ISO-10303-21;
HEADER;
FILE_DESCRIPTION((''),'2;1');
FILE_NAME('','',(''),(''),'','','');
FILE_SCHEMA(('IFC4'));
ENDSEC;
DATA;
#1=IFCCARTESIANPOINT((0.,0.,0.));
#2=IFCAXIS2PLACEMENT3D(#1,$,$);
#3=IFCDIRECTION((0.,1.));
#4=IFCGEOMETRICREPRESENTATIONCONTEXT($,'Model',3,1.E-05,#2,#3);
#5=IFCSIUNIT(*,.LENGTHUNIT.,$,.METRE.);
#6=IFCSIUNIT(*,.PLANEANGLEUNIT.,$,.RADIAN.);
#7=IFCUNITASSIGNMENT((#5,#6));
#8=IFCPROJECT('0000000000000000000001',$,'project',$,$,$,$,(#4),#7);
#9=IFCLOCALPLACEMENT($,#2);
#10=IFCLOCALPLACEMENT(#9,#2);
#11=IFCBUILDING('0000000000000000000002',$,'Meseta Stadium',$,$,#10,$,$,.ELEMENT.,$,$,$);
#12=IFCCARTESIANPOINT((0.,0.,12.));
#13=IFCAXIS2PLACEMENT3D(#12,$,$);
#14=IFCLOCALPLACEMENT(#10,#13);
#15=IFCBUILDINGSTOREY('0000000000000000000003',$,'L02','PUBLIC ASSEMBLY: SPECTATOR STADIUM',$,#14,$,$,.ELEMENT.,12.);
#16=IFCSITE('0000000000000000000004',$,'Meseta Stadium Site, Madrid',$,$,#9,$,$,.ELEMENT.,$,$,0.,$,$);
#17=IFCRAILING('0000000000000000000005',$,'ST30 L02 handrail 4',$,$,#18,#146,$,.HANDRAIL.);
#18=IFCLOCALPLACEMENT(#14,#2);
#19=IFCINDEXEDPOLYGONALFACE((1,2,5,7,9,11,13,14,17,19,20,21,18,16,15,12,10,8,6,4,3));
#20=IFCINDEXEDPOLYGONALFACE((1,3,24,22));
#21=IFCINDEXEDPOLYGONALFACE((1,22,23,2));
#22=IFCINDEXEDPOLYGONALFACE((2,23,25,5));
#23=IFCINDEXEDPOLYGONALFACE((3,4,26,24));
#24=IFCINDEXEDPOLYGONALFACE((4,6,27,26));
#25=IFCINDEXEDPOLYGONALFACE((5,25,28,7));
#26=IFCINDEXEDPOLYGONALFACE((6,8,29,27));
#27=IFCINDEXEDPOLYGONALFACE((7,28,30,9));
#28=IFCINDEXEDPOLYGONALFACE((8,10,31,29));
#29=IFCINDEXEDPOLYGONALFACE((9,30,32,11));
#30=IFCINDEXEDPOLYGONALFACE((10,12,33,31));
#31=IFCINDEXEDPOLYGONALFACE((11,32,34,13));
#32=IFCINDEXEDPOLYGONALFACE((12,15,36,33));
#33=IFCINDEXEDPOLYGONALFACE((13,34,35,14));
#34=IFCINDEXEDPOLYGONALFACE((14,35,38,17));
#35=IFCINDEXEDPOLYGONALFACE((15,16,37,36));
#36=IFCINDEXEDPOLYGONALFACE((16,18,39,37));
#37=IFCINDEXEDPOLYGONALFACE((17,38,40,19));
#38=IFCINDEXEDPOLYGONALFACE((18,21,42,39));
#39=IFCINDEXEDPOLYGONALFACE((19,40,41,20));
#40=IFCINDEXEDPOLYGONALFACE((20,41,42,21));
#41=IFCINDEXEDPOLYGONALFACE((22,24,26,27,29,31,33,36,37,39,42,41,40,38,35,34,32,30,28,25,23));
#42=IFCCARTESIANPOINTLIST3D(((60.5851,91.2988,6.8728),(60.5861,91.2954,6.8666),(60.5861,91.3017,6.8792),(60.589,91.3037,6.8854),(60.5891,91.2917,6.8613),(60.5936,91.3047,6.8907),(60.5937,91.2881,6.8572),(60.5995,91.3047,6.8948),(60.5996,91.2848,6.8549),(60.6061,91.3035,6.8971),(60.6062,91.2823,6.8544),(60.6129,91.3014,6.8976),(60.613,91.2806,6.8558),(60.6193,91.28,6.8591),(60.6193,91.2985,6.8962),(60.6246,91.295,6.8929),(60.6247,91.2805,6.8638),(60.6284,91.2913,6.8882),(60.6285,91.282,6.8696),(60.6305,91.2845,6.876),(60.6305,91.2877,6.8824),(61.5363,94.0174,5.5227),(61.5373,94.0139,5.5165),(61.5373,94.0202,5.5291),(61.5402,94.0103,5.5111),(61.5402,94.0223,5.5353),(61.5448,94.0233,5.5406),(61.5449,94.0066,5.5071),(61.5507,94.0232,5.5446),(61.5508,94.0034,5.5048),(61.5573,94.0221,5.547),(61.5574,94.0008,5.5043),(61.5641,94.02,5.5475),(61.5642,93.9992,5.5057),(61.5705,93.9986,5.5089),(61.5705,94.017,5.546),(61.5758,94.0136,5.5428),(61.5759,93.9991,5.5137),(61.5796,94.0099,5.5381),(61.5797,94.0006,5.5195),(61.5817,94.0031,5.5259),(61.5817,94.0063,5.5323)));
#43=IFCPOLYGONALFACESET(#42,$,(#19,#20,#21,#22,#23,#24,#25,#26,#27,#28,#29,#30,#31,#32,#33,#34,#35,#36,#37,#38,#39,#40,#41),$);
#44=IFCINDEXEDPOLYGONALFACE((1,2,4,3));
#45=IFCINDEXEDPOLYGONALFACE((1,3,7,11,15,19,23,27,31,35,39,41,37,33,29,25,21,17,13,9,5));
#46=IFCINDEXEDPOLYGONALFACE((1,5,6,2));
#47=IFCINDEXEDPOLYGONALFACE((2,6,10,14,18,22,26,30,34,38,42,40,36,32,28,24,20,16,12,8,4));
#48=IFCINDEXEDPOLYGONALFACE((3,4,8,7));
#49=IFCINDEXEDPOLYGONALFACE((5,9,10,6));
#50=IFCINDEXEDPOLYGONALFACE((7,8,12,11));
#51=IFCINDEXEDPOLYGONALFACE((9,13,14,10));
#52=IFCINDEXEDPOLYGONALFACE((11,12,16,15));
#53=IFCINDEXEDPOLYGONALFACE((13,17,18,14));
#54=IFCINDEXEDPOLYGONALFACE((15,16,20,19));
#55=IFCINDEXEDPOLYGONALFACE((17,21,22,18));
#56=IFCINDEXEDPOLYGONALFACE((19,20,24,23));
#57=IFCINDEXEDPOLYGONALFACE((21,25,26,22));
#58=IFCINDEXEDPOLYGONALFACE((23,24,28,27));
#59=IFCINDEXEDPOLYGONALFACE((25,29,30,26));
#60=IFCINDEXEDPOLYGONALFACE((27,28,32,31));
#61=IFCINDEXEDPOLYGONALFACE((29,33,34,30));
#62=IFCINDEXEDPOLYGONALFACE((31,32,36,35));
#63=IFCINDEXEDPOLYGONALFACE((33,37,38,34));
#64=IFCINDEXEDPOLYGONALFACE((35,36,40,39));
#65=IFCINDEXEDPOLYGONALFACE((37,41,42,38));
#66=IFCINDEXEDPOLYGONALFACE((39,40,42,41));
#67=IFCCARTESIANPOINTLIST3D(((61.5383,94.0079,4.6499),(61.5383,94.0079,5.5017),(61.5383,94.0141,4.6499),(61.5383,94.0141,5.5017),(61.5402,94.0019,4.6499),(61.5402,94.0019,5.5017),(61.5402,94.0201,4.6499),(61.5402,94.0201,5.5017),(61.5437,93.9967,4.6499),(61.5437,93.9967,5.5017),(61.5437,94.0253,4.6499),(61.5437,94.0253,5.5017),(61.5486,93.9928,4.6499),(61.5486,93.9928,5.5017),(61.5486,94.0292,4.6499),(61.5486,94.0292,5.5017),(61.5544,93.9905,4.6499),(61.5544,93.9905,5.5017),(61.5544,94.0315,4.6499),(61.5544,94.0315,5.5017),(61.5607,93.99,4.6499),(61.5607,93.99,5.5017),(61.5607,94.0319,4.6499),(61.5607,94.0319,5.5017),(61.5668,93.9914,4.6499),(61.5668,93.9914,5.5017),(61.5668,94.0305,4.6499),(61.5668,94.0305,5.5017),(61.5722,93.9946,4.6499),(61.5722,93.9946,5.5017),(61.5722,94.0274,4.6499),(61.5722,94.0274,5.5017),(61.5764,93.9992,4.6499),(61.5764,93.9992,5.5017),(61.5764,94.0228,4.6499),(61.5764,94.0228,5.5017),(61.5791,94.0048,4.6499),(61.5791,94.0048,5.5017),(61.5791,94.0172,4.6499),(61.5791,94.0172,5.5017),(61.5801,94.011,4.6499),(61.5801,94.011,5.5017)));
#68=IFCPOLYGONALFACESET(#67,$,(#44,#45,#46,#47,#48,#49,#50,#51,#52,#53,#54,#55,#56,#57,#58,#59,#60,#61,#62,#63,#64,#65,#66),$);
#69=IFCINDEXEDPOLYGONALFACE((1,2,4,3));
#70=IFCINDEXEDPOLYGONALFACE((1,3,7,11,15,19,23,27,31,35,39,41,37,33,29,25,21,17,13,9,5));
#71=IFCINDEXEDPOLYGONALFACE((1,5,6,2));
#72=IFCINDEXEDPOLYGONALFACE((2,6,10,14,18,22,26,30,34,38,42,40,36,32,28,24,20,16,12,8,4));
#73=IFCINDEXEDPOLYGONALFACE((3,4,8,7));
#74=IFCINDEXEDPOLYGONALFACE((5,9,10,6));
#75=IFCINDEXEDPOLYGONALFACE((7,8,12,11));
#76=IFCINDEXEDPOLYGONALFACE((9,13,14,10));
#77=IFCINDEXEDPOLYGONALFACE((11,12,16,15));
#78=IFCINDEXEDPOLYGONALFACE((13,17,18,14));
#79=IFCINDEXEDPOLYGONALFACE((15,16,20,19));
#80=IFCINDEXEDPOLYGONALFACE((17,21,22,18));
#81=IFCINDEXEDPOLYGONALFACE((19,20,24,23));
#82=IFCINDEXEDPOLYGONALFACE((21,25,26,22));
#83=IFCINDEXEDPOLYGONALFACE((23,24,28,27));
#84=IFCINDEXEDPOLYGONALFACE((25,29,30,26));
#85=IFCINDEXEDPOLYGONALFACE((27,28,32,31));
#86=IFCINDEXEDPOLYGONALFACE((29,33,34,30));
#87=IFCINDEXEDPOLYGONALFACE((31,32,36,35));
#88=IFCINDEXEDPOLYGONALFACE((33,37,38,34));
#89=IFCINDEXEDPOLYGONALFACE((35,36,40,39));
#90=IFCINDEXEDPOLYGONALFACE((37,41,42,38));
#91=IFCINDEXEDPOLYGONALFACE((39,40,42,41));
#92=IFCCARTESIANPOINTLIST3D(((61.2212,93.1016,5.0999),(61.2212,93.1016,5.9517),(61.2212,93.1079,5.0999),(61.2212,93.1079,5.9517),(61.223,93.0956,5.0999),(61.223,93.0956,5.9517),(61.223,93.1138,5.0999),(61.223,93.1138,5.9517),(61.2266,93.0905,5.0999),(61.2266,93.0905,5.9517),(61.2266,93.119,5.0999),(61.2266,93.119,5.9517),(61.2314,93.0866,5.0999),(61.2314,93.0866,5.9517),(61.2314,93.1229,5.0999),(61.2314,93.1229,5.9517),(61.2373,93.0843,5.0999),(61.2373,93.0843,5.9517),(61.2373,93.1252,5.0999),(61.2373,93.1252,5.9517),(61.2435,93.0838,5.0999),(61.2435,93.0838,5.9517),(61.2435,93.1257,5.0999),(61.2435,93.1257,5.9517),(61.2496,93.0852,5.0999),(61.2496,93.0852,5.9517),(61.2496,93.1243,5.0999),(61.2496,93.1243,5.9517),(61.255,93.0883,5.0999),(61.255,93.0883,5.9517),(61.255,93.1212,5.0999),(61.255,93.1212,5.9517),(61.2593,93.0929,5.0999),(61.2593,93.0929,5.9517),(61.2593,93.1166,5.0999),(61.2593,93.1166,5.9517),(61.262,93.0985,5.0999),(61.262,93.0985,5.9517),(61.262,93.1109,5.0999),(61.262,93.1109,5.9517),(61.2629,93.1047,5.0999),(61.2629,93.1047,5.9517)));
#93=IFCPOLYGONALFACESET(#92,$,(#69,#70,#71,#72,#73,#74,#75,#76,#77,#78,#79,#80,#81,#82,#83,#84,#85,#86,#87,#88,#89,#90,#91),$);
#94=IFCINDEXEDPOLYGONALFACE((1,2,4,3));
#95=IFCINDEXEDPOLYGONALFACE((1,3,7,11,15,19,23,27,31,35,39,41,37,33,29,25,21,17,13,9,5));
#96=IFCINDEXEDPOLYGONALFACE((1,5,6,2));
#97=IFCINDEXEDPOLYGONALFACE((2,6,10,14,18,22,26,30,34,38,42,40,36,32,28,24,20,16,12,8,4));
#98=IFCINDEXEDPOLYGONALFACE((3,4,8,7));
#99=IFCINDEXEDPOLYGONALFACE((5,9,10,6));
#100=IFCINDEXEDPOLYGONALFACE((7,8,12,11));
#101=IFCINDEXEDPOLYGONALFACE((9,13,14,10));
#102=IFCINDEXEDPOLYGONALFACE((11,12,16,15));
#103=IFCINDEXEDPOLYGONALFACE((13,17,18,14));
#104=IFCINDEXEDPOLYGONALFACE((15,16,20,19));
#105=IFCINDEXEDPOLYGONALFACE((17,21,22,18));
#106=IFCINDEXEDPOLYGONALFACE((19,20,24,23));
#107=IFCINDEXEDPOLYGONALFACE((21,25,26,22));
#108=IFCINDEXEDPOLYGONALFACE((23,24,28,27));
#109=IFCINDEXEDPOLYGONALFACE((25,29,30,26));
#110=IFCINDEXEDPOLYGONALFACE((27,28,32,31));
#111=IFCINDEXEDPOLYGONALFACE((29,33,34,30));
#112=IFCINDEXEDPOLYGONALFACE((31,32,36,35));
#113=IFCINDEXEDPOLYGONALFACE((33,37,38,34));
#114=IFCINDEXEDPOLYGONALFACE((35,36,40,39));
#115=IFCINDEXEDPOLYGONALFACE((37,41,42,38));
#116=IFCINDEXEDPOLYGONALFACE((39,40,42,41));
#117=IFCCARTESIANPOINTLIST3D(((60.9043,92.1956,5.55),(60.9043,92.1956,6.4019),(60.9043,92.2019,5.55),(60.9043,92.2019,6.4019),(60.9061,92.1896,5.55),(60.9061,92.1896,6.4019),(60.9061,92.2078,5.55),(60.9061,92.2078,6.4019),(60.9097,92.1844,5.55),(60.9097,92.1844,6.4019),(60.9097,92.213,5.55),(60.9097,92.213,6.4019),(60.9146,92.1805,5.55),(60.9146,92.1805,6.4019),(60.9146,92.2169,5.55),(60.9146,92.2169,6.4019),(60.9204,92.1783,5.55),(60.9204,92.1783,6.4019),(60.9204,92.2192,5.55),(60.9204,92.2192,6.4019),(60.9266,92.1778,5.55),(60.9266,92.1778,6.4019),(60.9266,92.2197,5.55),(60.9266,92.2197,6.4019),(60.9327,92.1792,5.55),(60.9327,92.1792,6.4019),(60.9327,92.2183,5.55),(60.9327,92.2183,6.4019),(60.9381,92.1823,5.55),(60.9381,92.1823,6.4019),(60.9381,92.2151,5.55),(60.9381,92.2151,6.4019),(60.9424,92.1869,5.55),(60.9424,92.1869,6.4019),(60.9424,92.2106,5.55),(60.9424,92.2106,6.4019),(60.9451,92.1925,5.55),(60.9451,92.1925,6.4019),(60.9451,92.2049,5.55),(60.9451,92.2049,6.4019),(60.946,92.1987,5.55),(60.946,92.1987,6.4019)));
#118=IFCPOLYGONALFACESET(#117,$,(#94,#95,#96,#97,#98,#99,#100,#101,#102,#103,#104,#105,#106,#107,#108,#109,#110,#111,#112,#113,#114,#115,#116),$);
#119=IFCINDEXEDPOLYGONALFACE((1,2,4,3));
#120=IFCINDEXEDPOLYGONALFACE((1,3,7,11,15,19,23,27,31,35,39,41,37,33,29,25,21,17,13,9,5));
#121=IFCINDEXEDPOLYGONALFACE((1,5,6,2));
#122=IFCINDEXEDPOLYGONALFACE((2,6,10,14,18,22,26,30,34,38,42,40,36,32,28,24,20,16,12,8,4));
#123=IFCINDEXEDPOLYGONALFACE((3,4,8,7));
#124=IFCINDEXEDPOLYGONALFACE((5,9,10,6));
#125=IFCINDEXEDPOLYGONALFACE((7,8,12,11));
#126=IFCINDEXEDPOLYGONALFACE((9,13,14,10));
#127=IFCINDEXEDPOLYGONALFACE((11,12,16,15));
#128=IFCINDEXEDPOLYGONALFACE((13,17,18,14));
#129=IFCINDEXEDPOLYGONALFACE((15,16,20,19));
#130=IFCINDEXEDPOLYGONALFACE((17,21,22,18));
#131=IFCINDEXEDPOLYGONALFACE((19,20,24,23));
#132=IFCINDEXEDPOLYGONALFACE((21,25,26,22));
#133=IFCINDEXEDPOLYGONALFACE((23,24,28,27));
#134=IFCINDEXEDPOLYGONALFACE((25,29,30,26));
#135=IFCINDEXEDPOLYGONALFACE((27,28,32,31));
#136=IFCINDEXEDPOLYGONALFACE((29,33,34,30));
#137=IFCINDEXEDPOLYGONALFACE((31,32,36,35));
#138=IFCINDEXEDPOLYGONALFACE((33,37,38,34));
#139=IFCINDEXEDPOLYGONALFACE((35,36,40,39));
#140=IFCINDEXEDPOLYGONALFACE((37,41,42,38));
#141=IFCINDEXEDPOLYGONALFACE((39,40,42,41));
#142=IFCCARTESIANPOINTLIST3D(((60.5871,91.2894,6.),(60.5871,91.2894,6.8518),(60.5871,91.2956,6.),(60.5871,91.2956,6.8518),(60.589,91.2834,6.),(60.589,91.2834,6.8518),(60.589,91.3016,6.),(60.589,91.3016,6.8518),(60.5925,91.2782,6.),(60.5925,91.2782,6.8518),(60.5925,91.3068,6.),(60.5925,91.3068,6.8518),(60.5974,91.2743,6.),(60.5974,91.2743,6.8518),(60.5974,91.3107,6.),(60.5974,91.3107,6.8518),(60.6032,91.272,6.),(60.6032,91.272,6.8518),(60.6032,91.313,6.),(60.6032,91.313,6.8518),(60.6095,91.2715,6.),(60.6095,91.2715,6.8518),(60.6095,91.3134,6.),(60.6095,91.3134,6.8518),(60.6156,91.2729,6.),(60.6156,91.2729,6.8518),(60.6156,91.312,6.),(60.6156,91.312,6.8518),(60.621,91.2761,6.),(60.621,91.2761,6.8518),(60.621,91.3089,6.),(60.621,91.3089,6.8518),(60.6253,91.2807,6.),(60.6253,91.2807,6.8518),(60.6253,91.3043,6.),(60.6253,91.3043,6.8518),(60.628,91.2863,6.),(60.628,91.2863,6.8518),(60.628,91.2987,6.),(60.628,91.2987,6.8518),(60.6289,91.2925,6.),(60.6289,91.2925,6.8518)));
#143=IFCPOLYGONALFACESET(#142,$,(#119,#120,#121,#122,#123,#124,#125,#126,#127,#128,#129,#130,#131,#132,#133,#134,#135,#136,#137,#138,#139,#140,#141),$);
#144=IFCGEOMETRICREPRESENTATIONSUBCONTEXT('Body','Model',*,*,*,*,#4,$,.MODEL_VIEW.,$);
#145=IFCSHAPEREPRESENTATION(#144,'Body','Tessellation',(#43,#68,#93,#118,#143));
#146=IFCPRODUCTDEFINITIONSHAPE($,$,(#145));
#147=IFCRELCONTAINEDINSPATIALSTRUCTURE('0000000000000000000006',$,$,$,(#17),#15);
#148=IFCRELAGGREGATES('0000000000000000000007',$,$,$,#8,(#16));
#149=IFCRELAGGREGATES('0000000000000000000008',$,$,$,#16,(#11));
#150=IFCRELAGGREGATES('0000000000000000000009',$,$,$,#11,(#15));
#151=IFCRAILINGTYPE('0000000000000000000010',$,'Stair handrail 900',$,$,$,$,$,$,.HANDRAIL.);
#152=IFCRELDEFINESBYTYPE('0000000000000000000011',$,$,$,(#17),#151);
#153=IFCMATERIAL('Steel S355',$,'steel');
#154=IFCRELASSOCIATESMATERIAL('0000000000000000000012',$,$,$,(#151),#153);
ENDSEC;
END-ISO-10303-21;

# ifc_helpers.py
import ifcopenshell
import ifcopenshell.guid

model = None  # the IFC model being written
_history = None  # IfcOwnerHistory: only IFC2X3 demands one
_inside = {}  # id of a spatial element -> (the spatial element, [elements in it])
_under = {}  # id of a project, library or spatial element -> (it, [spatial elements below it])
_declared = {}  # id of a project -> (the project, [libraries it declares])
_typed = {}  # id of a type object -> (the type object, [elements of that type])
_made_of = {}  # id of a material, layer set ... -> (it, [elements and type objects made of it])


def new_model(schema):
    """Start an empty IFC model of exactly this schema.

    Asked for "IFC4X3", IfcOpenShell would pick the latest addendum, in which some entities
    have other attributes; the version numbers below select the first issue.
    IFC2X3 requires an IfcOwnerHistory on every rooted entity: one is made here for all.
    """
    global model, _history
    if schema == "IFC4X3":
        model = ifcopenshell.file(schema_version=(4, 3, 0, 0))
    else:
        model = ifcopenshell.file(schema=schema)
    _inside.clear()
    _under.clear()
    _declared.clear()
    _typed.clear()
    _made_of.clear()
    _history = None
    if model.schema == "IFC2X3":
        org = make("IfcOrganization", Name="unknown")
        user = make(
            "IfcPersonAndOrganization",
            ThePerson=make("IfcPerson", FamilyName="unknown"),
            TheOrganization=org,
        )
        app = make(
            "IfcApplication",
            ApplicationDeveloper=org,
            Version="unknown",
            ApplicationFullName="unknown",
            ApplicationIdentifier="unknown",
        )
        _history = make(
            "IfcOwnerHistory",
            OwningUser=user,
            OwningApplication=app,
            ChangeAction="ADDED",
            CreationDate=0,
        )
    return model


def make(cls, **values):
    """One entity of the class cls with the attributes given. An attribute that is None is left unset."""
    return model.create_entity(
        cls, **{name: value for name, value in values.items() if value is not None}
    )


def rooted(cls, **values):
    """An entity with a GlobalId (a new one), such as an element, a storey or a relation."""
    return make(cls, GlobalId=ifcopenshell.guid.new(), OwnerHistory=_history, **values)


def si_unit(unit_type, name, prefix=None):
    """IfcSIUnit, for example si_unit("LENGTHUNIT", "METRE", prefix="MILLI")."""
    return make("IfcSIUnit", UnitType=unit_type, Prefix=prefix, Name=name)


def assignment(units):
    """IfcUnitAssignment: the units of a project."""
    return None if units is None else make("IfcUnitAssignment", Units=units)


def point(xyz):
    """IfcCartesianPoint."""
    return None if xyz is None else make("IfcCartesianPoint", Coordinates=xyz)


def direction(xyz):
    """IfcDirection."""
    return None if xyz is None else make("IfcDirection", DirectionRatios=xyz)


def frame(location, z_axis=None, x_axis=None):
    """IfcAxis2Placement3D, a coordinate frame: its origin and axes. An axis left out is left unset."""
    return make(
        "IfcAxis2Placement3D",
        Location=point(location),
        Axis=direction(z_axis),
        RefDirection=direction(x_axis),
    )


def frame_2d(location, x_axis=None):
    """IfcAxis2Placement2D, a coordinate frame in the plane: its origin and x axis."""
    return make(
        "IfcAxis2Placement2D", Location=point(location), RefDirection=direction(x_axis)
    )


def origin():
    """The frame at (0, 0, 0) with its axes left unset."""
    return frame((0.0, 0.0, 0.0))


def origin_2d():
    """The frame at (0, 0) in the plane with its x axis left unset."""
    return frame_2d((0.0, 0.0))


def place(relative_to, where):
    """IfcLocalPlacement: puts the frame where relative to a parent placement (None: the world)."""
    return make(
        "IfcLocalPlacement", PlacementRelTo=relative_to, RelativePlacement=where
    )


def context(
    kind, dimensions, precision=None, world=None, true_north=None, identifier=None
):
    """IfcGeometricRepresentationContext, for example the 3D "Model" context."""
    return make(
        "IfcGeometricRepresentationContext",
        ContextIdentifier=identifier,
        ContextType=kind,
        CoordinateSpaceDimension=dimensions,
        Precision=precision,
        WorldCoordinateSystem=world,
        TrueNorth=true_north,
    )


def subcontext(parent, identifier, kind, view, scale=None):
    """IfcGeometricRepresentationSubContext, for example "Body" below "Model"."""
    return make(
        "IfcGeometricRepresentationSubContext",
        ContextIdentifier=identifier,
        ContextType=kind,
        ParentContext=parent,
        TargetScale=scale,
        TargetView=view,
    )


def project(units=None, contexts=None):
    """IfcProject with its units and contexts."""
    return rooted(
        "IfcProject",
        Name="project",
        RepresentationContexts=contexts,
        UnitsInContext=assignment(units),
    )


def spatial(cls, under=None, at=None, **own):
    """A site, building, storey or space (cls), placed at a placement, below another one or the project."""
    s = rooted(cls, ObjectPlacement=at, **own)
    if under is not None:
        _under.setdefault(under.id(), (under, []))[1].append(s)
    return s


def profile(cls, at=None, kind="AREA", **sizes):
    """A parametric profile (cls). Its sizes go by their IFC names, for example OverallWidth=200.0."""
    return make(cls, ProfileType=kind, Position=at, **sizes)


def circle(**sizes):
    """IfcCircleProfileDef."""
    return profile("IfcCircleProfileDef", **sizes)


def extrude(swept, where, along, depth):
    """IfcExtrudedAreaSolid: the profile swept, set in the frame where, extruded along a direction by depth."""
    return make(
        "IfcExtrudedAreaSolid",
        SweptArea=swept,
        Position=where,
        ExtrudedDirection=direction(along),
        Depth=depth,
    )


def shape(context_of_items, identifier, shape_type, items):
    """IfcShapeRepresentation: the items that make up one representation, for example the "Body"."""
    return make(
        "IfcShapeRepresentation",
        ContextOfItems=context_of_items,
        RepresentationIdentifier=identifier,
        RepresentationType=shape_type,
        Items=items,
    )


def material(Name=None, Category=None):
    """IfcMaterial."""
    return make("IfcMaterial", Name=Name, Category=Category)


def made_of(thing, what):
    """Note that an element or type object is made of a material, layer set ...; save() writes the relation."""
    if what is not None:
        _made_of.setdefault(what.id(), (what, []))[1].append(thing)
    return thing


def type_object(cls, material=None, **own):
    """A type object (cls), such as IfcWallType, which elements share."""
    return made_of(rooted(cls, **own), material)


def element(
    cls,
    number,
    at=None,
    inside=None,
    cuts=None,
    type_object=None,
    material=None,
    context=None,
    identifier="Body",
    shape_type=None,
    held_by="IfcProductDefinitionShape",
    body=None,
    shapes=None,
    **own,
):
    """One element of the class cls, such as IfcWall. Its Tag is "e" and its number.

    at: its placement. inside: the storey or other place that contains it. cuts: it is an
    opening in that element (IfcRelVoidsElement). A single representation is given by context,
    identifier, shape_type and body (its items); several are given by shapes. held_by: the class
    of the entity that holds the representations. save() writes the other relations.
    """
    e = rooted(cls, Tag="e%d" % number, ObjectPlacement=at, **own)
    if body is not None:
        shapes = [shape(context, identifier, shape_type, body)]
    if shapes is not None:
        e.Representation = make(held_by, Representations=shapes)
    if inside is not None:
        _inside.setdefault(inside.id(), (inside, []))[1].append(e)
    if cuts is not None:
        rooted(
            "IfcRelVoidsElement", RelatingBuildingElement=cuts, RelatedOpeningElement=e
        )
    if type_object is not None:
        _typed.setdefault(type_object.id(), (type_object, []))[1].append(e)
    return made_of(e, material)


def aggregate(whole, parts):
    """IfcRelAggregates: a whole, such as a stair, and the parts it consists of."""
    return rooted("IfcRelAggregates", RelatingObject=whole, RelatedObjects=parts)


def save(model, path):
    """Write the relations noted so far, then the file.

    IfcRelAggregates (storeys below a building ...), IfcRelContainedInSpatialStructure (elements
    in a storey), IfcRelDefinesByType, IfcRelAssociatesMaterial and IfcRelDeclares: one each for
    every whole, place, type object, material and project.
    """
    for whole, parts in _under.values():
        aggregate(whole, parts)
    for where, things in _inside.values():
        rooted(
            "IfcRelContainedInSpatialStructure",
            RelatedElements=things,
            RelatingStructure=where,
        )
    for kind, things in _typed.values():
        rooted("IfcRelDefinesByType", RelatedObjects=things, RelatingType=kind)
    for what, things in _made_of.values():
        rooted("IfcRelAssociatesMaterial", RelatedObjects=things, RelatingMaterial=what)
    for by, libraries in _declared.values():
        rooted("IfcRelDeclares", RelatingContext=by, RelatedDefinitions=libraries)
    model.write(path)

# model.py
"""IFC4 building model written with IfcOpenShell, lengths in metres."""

from ifc_helpers import new_model, si_unit, direction, frame, origin, origin_2d, place, context, subcontext, project, spatial, circle, extrude, material, type_object, element, save


model = new_model("IFC4")

# Units and contexts
model_context = context("Model", 3, precision=1e-05, world=origin(), true_north=direction((0.0, 1.0)))
body_context = subcontext(model_context, "Body", "Model", "MODEL_VIEW")
ifc_project = project(units=[si_unit("LENGTHUNIT", "METRE"), si_unit("PLANEANGLEUNIT", "RADIAN")], contexts=[model_context])

# Site, building, storey
site_placement = place(None, origin())
site = spatial("IfcSite", under=ifc_project, at=site_placement, Name="Meseta Stadium Site, Madrid", CompositionType="ELEMENT", RefElevation=0.0)
building_placement = place(site_placement, origin())
building = spatial("IfcBuilding", under=site, at=building_placement, Name="Meseta Stadium", CompositionType="ELEMENT")
storey_placement = place(building_placement, frame((0.0, 0.0, 12.0)))
storey = spatial("IfcBuildingStorey", under=building, at=storey_placement, Name="L02", Description="PUBLIC ASSEMBLY: SPECTATOR STADIUM", CompositionType="ELEMENT", Elevation=12.0)

# Railing
ifc_material_1 = material(Name="Steel S355", Category="steel")
railing_type_1 = type_object("IfcRailingType", Name="Stair handrail 900", PredefinedType="HANDRAIL", material=ifc_material_1)
for number, where, name in (
    (1, (61.5591, 94.011, 4.6499), "ST30 L02 handrail 4"),
):
    element("IfcRailing", number, at=place(storey_placement, frame(where)), inside=storey, type_object=railing_type_1, Name=name, PredefinedType="HANDRAIL", context=body_context, shape_type="SweptSolid", body=[
        extrude(circle(Radius=0.0239, at=origin_2d()), frame((0.0, 0.0, 0.876), z_axis=(-0.299031, -0.854649, 0.424446), x_axis=(0.943891, -0.330256, 0.0)), (0.0, 0.0, 1.0), 3.1809),
        extrude(circle(Radius=0.021, at=origin_2d()), origin(), (0.0, 0.0, 1.0), 0.8518),
        extrude(circle(Radius=0.021, at=origin_2d()), frame((-0.3171, -0.9062, 0.45)), (0.0, 0.0, 1.0), 0.8518),
        extrude(circle(Radius=0.021, at=origin_2d()), frame((-0.634, -1.8123, 0.9001)), (0.0, 0.0, 1.0), 0.8518),
        extrude(circle(Radius=0.021, at=origin_2d()), frame((-0.9512, -2.7185, 1.3501)), (0.0, 0.0, 1.0), 0.8518),
    ])

save(model, "model.ifc")
